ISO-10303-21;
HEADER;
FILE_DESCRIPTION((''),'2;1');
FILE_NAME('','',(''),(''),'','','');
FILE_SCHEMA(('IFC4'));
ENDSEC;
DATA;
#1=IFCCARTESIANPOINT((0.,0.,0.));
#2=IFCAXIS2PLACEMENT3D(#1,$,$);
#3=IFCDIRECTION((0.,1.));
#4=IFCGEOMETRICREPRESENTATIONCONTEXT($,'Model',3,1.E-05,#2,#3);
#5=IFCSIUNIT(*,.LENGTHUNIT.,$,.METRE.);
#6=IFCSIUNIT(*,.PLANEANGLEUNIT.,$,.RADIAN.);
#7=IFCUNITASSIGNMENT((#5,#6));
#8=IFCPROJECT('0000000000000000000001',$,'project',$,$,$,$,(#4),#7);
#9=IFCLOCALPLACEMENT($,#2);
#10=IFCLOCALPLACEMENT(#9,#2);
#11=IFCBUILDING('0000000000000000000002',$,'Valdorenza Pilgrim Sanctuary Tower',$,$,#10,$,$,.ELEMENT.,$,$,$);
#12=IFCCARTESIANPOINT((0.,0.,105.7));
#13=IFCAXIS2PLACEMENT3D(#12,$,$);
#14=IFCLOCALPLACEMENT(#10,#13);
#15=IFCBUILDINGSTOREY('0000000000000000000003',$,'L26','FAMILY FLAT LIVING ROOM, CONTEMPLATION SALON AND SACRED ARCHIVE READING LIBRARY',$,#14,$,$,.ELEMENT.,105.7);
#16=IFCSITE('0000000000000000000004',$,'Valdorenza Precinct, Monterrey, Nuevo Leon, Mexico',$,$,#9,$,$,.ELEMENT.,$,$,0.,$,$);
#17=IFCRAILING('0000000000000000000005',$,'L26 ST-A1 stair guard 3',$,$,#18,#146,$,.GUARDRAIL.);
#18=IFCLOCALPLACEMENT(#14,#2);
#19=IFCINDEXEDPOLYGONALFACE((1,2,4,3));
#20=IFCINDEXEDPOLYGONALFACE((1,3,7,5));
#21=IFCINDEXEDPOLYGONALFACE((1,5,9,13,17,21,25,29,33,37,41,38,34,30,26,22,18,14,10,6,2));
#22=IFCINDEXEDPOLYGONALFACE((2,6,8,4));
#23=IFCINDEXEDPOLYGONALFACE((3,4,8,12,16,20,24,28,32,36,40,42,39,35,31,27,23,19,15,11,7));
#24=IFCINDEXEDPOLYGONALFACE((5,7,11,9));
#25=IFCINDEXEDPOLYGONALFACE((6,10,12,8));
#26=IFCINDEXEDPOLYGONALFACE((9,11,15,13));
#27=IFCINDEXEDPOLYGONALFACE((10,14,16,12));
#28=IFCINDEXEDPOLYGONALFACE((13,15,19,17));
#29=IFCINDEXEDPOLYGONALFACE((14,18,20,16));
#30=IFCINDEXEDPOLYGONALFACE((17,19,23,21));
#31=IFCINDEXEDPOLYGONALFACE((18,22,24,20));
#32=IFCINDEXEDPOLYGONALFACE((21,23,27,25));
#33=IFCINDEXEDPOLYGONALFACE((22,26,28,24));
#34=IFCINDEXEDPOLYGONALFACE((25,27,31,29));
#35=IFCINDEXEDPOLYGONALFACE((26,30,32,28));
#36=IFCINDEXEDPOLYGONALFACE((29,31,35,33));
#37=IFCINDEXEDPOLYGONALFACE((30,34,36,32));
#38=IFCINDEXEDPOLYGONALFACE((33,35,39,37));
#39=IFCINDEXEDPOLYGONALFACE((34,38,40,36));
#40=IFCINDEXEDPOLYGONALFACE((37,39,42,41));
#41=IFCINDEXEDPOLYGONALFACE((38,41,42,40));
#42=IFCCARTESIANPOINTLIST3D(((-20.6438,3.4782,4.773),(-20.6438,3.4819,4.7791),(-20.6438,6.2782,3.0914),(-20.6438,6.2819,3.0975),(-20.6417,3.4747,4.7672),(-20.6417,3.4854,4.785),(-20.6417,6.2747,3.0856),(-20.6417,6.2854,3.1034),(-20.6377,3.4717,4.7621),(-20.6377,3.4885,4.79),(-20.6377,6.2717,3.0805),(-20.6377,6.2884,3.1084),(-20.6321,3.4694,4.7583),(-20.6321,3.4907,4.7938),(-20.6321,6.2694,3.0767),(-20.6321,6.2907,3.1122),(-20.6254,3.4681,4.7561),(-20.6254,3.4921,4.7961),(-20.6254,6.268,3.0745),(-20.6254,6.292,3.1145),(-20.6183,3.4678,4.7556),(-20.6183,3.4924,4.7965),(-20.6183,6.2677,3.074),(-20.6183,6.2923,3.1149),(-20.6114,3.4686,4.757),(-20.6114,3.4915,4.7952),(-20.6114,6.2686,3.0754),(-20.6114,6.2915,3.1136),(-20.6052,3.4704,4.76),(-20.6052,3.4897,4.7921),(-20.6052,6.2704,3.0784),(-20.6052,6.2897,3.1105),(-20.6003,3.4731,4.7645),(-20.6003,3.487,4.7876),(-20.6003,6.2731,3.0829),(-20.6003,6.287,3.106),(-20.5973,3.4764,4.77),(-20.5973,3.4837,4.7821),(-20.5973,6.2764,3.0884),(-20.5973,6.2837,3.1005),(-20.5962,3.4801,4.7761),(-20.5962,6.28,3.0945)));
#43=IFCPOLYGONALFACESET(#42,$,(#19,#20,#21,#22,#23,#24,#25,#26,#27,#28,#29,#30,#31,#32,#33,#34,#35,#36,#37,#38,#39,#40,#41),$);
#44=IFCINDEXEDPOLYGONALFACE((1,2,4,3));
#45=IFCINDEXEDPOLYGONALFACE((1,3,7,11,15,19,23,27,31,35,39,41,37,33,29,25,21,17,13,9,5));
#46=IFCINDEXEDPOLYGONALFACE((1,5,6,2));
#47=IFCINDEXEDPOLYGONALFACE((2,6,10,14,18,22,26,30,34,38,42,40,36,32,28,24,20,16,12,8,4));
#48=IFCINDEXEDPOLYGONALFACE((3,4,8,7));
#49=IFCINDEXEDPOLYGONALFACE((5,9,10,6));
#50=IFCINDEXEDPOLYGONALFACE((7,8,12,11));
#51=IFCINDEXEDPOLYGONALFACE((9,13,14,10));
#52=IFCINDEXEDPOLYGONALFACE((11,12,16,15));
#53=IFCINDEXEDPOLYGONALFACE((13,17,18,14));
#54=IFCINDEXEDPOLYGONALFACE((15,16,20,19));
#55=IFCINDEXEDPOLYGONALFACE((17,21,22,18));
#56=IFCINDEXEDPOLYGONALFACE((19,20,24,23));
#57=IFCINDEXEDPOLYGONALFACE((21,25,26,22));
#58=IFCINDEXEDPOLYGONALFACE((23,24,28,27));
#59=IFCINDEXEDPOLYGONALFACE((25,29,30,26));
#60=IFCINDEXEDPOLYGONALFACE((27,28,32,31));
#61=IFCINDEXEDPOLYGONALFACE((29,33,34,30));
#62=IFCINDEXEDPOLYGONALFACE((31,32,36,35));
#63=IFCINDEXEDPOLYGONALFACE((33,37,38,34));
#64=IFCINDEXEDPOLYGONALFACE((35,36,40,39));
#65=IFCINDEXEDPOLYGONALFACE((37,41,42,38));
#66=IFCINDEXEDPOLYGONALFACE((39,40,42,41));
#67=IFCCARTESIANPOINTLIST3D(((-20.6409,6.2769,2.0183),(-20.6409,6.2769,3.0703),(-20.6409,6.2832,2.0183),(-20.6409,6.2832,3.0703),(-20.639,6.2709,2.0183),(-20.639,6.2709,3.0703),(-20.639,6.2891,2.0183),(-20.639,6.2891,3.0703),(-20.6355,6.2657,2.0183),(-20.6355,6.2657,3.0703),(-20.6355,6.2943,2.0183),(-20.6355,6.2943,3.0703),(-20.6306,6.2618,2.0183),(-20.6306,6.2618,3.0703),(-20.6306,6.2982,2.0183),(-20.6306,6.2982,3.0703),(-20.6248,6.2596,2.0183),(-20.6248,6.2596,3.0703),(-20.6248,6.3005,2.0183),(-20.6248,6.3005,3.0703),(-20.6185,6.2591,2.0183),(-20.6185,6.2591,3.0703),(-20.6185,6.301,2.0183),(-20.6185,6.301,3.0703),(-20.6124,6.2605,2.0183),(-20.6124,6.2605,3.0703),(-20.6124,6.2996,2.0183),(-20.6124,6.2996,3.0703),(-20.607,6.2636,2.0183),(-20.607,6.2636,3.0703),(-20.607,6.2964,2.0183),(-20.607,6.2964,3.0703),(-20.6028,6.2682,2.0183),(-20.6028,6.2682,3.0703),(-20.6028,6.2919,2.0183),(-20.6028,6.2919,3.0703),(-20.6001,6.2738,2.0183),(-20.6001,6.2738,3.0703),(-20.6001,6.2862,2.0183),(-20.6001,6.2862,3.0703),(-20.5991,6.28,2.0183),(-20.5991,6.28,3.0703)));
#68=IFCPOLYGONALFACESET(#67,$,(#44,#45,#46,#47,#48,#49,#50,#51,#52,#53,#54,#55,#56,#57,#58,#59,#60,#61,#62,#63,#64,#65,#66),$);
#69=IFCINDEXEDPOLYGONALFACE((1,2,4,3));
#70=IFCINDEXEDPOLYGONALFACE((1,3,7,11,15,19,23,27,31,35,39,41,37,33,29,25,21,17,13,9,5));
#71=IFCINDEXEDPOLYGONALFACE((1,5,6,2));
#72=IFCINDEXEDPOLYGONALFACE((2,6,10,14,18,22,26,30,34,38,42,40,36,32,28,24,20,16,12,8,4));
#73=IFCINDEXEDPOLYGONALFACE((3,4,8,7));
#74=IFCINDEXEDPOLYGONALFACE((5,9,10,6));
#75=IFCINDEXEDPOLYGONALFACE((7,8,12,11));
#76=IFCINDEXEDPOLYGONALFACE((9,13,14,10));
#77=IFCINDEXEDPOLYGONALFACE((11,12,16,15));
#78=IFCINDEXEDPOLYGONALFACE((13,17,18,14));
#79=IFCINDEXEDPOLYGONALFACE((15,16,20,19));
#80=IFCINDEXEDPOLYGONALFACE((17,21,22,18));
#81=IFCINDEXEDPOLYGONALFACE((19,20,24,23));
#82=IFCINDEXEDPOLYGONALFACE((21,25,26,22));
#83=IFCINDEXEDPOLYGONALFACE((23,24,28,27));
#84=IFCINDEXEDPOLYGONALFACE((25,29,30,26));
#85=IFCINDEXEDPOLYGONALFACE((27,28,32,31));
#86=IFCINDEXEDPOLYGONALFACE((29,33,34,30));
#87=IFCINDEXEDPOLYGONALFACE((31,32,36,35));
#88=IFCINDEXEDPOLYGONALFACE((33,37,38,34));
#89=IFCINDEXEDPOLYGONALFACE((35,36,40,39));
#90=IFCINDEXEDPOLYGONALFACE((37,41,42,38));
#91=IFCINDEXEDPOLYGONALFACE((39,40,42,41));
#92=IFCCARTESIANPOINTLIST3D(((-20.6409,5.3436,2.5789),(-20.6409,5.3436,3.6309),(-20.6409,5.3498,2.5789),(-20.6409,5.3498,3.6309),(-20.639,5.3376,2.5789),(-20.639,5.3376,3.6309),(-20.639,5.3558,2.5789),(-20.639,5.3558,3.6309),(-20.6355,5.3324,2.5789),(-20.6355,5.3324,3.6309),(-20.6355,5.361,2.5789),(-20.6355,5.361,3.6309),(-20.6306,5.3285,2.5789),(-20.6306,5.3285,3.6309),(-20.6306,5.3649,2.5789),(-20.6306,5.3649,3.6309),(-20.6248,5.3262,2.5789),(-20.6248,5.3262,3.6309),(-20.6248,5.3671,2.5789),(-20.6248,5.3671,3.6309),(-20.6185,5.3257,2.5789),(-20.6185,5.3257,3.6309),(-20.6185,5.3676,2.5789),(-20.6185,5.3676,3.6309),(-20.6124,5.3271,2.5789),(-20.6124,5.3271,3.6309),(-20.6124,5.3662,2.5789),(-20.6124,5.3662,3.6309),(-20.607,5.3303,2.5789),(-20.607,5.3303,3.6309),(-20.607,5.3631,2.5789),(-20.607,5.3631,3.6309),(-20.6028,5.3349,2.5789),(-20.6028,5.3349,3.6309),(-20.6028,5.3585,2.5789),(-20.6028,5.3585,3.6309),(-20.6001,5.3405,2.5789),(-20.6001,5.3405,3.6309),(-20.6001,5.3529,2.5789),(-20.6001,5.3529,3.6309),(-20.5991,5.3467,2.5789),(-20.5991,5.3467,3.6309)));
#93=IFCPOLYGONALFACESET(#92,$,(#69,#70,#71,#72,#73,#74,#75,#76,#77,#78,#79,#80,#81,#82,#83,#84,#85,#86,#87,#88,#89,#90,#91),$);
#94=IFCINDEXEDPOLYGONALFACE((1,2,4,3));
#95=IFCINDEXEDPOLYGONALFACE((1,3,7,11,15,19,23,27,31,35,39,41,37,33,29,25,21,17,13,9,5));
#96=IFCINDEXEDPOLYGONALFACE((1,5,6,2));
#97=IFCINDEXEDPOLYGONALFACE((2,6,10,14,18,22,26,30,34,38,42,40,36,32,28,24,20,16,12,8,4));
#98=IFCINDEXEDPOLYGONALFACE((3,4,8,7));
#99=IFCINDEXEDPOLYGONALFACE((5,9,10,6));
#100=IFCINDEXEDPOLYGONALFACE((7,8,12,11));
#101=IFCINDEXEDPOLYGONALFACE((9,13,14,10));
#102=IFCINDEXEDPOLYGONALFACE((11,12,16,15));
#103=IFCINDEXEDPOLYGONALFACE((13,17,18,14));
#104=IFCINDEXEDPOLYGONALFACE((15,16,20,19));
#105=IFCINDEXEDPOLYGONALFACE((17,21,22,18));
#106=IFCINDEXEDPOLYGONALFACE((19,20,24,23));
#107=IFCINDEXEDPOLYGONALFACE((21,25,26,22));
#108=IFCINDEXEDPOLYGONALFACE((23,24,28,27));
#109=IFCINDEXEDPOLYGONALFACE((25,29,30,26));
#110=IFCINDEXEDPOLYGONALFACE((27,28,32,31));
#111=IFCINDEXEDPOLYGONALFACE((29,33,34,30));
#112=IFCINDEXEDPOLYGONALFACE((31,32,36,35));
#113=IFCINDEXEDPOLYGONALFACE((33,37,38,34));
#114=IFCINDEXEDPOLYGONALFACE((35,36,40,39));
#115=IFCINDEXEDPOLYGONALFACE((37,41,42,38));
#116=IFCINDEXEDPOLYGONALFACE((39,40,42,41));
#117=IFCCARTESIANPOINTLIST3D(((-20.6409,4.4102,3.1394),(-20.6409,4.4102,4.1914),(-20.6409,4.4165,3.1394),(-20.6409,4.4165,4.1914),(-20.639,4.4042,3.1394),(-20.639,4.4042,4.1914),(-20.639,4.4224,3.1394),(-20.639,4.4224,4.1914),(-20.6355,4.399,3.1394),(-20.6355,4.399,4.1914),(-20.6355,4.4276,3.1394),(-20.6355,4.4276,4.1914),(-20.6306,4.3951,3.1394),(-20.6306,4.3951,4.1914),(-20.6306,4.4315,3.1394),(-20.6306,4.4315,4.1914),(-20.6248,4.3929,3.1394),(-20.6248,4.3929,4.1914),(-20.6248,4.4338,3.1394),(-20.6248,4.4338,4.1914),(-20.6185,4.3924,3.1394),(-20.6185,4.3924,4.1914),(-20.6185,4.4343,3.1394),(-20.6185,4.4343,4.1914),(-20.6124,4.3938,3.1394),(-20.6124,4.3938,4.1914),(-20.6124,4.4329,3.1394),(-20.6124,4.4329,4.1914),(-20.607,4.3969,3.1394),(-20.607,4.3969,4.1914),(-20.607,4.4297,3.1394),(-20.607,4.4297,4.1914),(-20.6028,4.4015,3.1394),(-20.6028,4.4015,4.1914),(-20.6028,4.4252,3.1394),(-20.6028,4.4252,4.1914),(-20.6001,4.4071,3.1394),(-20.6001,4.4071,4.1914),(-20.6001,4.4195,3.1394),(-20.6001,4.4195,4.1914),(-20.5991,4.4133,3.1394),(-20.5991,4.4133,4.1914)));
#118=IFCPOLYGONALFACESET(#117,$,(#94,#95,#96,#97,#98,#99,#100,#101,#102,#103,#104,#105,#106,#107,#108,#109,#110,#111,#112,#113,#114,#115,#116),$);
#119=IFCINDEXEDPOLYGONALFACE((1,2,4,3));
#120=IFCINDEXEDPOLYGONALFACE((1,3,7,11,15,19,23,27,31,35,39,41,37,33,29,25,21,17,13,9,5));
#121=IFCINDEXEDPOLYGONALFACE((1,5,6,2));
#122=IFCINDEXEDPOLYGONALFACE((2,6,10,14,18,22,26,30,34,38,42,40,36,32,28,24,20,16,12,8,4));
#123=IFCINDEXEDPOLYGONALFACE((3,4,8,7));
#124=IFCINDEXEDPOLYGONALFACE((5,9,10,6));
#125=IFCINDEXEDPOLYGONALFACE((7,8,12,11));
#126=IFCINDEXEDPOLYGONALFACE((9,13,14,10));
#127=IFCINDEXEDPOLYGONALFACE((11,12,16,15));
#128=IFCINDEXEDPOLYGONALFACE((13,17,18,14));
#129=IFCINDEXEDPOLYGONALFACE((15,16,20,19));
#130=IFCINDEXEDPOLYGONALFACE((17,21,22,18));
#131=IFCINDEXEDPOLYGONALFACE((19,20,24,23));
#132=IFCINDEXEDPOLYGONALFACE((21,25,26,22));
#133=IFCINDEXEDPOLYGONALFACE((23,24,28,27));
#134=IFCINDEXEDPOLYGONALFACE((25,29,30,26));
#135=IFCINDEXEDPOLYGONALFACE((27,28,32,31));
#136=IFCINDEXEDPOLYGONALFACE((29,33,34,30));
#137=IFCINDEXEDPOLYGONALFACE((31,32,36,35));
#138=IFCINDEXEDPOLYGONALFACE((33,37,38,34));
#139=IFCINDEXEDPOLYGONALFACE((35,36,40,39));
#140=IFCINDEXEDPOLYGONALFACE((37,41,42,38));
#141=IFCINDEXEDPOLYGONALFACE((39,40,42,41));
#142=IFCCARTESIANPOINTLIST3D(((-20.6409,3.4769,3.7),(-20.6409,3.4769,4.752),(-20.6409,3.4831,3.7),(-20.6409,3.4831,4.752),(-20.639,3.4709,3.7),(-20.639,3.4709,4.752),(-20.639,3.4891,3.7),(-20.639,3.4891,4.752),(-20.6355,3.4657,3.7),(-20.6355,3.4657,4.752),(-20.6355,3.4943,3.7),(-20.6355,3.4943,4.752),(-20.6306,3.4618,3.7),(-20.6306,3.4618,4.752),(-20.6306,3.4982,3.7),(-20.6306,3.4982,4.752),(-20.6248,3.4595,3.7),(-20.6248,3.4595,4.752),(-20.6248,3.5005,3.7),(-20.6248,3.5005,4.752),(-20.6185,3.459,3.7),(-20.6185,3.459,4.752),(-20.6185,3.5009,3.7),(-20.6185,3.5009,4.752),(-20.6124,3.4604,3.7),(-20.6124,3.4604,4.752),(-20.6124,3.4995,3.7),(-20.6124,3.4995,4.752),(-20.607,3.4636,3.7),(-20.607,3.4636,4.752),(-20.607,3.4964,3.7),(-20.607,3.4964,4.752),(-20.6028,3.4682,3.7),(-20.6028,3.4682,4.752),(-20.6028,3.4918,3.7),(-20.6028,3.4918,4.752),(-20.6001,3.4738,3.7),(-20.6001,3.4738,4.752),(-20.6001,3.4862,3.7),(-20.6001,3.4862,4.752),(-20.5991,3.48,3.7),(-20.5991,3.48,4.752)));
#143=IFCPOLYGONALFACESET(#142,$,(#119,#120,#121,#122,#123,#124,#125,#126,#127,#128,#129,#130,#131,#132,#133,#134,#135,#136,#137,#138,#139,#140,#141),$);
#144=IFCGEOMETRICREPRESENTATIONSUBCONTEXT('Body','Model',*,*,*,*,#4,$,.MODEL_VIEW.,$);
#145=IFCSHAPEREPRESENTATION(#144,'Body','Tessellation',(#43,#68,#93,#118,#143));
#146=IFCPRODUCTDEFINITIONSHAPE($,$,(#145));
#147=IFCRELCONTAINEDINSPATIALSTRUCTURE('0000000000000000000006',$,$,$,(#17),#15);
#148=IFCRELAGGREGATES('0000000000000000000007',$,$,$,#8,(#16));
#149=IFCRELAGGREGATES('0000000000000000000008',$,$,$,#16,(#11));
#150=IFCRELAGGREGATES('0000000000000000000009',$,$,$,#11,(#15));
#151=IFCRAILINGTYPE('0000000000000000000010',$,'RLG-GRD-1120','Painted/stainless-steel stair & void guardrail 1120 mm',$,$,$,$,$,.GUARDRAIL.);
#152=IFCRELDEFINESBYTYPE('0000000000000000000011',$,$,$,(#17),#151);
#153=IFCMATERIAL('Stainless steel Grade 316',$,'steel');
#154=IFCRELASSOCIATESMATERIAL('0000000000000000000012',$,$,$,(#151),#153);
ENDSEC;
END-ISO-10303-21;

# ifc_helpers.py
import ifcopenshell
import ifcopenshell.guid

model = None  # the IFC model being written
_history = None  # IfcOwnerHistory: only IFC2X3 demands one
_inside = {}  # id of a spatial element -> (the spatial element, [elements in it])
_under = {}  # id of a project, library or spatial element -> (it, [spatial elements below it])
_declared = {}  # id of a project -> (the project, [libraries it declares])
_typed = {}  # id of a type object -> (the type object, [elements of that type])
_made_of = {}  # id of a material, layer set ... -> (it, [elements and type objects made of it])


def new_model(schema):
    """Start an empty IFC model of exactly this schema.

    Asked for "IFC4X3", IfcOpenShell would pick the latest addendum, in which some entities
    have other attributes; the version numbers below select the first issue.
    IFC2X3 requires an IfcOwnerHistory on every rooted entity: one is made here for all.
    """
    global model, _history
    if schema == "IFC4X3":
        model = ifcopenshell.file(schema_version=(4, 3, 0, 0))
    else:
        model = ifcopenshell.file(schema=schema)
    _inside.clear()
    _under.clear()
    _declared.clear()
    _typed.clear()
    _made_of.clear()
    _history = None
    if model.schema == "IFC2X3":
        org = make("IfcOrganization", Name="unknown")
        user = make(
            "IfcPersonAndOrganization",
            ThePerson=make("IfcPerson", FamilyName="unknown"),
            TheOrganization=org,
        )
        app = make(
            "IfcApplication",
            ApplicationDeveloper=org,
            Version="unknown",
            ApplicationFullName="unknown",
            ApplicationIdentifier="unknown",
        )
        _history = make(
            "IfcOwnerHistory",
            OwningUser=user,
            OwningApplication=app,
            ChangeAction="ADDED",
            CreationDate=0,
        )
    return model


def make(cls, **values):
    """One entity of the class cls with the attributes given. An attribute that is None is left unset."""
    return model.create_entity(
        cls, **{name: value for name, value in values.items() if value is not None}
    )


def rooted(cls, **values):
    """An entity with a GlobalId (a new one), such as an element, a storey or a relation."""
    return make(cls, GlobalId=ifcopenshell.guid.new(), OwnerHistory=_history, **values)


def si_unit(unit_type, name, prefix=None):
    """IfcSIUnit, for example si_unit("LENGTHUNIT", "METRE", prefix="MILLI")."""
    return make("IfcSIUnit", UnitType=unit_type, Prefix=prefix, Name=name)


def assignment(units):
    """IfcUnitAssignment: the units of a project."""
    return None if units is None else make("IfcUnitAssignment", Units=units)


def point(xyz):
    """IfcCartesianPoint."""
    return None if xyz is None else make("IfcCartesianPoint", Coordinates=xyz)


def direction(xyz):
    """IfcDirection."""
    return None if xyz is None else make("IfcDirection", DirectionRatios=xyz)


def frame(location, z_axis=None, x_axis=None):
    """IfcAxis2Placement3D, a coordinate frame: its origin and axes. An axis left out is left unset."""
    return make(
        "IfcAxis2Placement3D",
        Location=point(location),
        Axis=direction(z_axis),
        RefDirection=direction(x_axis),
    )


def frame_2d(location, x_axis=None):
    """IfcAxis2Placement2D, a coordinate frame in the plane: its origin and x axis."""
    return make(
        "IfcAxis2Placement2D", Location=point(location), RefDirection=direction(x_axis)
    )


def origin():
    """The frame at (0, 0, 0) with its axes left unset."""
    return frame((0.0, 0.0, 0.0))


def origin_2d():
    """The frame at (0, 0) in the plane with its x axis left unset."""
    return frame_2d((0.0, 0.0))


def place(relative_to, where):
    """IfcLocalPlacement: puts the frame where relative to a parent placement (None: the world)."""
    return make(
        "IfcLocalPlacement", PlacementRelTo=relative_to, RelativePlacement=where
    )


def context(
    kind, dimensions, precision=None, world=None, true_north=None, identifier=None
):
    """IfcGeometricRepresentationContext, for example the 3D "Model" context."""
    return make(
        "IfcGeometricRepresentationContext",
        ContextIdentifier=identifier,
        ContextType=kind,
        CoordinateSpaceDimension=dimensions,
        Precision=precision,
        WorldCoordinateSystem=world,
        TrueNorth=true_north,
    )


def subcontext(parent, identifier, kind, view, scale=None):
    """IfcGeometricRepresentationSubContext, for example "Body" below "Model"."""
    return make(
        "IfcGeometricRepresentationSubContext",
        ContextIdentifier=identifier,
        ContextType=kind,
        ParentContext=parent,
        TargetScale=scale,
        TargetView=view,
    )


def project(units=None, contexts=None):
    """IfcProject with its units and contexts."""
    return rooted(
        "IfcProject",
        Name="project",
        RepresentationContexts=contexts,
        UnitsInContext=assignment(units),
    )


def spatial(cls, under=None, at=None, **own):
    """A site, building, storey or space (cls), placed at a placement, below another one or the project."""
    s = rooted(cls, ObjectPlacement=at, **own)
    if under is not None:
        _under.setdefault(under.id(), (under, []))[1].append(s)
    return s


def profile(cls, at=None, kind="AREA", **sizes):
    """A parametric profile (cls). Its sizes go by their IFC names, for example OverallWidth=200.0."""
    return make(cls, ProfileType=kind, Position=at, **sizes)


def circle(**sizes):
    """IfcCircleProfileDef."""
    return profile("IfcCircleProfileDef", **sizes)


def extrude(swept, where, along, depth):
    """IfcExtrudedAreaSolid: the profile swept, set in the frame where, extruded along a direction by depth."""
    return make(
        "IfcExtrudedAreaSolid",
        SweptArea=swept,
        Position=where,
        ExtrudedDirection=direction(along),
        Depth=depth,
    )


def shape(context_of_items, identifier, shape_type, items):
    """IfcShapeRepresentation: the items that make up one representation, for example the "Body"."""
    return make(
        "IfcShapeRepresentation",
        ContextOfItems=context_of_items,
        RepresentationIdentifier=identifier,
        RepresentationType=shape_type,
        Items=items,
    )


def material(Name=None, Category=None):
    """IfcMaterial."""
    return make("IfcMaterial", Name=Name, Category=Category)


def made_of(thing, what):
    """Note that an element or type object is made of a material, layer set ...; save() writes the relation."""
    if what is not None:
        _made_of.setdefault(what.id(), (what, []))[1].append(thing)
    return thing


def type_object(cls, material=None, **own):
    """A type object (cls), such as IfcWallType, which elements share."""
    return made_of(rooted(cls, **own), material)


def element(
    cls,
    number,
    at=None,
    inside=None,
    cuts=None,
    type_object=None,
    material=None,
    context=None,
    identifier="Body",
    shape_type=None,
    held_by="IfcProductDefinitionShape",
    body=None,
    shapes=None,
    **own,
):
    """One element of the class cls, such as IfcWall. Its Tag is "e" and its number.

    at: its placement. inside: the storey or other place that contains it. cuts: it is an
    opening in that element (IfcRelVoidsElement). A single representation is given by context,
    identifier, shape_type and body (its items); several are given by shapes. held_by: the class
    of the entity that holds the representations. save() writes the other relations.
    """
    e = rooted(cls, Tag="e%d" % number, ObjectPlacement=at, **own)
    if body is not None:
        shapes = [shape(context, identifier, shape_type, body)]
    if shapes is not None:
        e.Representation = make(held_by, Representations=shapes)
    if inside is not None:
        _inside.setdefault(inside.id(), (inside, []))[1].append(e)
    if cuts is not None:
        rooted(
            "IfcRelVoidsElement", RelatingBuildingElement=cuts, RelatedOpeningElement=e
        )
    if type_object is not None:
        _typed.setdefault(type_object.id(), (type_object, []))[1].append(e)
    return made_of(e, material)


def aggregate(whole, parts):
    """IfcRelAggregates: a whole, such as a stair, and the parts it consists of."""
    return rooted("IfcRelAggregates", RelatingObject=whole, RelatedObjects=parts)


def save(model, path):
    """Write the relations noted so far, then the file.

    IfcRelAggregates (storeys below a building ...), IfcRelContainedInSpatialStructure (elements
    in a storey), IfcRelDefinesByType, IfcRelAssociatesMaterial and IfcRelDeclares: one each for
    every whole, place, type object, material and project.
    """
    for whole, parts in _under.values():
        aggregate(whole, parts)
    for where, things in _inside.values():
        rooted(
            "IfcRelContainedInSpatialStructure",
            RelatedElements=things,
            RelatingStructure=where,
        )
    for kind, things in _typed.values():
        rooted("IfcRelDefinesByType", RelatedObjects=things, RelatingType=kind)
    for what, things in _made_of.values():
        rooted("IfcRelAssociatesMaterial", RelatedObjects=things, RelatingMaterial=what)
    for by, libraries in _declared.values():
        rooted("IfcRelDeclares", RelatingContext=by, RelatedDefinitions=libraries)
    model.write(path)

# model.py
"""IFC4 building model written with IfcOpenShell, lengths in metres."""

from ifc_helpers import new_model, si_unit, direction, frame, origin, origin_2d, place, context, subcontext, project, spatial, circle, extrude, material, type_object, element, save


model = new_model("IFC4")

# Units and contexts
model_context = context("Model", 3, precision=1e-05, world=origin(), true_north=direction((0.0, 1.0)))
body_context = subcontext(model_context, "Body", "Model", "MODEL_VIEW")
ifc_project = project(units=[si_unit("LENGTHUNIT", "METRE"), si_unit("PLANEANGLEUNIT", "RADIAN")], contexts=[model_context])

# Site, building, storey
site_placement = place(None, origin())
site = spatial("IfcSite", under=ifc_project, at=site_placement, Name="Valdorenza Precinct, Monterrey, Nuevo Leon, Mexico", CompositionType="ELEMENT", RefElevation=0.0)
building_placement = place(site_placement, origin())
building = spatial("IfcBuilding", under=site, at=building_placement, Name="Valdorenza Pilgrim Sanctuary Tower", CompositionType="ELEMENT")
storey_placement = place(building_placement, frame((0.0, 0.0, 105.7)))
storey = spatial("IfcBuildingStorey", under=building, at=storey_placement, Name="L26", Description="FAMILY FLAT LIVING ROOM, CONTEMPLATION SALON AND SACRED ARCHIVE READING LIBRARY", CompositionType="ELEMENT", Elevation=105.7)

# Railing
ifc_material_1 = material(Name="Stainless steel Grade 316", Category="steel")
railing_type_1 = type_object("IfcRailingType", Name="RLG-GRD-1120", Description="Painted/stainless-steel stair & void guardrail 1120 mm", PredefinedType="GUARDRAIL", material=ifc_material_1)
railing_1_placement = place(storey_placement, frame((-20.6201, 6.28, 2.0183)))
element("IfcRailing", 1, at=railing_1_placement, inside=storey, type_object=railing_type_1, Name="L26 ST-A1 stair guard 3", PredefinedType="GUARDRAIL", context=body_context, shape_type="SweptSolid", body=[
    extrude(circle(Radius=0.0239, at=origin_2d()), frame((0.0, 0.0, 1.0762), z_axis=(0.0, -0.857275, 0.514858), x_axis=(1.0, 0.0, 0.0)), (0.0, 0.0, 1.0), 3.2661),
    extrude(circle(Radius=0.021, at=origin_2d()), origin(), (0.0, 0.0, 1.0), 1.052),
    extrude(circle(Radius=0.021, at=origin_2d()), frame((0.0, -0.9333, 0.5605)), (0.0, 0.0, 1.0), 1.052),
    extrude(circle(Radius=0.021, at=origin_2d()), frame((0.0, -1.8667, 1.1211)), (0.0, 0.0, 1.0), 1.052),
    extrude(circle(Radius=0.021, at=origin_2d()), frame((0.0, -2.8, 1.6816)), (0.0, 0.0, 1.0), 1.052),
])

save(model, "model.ifc")
